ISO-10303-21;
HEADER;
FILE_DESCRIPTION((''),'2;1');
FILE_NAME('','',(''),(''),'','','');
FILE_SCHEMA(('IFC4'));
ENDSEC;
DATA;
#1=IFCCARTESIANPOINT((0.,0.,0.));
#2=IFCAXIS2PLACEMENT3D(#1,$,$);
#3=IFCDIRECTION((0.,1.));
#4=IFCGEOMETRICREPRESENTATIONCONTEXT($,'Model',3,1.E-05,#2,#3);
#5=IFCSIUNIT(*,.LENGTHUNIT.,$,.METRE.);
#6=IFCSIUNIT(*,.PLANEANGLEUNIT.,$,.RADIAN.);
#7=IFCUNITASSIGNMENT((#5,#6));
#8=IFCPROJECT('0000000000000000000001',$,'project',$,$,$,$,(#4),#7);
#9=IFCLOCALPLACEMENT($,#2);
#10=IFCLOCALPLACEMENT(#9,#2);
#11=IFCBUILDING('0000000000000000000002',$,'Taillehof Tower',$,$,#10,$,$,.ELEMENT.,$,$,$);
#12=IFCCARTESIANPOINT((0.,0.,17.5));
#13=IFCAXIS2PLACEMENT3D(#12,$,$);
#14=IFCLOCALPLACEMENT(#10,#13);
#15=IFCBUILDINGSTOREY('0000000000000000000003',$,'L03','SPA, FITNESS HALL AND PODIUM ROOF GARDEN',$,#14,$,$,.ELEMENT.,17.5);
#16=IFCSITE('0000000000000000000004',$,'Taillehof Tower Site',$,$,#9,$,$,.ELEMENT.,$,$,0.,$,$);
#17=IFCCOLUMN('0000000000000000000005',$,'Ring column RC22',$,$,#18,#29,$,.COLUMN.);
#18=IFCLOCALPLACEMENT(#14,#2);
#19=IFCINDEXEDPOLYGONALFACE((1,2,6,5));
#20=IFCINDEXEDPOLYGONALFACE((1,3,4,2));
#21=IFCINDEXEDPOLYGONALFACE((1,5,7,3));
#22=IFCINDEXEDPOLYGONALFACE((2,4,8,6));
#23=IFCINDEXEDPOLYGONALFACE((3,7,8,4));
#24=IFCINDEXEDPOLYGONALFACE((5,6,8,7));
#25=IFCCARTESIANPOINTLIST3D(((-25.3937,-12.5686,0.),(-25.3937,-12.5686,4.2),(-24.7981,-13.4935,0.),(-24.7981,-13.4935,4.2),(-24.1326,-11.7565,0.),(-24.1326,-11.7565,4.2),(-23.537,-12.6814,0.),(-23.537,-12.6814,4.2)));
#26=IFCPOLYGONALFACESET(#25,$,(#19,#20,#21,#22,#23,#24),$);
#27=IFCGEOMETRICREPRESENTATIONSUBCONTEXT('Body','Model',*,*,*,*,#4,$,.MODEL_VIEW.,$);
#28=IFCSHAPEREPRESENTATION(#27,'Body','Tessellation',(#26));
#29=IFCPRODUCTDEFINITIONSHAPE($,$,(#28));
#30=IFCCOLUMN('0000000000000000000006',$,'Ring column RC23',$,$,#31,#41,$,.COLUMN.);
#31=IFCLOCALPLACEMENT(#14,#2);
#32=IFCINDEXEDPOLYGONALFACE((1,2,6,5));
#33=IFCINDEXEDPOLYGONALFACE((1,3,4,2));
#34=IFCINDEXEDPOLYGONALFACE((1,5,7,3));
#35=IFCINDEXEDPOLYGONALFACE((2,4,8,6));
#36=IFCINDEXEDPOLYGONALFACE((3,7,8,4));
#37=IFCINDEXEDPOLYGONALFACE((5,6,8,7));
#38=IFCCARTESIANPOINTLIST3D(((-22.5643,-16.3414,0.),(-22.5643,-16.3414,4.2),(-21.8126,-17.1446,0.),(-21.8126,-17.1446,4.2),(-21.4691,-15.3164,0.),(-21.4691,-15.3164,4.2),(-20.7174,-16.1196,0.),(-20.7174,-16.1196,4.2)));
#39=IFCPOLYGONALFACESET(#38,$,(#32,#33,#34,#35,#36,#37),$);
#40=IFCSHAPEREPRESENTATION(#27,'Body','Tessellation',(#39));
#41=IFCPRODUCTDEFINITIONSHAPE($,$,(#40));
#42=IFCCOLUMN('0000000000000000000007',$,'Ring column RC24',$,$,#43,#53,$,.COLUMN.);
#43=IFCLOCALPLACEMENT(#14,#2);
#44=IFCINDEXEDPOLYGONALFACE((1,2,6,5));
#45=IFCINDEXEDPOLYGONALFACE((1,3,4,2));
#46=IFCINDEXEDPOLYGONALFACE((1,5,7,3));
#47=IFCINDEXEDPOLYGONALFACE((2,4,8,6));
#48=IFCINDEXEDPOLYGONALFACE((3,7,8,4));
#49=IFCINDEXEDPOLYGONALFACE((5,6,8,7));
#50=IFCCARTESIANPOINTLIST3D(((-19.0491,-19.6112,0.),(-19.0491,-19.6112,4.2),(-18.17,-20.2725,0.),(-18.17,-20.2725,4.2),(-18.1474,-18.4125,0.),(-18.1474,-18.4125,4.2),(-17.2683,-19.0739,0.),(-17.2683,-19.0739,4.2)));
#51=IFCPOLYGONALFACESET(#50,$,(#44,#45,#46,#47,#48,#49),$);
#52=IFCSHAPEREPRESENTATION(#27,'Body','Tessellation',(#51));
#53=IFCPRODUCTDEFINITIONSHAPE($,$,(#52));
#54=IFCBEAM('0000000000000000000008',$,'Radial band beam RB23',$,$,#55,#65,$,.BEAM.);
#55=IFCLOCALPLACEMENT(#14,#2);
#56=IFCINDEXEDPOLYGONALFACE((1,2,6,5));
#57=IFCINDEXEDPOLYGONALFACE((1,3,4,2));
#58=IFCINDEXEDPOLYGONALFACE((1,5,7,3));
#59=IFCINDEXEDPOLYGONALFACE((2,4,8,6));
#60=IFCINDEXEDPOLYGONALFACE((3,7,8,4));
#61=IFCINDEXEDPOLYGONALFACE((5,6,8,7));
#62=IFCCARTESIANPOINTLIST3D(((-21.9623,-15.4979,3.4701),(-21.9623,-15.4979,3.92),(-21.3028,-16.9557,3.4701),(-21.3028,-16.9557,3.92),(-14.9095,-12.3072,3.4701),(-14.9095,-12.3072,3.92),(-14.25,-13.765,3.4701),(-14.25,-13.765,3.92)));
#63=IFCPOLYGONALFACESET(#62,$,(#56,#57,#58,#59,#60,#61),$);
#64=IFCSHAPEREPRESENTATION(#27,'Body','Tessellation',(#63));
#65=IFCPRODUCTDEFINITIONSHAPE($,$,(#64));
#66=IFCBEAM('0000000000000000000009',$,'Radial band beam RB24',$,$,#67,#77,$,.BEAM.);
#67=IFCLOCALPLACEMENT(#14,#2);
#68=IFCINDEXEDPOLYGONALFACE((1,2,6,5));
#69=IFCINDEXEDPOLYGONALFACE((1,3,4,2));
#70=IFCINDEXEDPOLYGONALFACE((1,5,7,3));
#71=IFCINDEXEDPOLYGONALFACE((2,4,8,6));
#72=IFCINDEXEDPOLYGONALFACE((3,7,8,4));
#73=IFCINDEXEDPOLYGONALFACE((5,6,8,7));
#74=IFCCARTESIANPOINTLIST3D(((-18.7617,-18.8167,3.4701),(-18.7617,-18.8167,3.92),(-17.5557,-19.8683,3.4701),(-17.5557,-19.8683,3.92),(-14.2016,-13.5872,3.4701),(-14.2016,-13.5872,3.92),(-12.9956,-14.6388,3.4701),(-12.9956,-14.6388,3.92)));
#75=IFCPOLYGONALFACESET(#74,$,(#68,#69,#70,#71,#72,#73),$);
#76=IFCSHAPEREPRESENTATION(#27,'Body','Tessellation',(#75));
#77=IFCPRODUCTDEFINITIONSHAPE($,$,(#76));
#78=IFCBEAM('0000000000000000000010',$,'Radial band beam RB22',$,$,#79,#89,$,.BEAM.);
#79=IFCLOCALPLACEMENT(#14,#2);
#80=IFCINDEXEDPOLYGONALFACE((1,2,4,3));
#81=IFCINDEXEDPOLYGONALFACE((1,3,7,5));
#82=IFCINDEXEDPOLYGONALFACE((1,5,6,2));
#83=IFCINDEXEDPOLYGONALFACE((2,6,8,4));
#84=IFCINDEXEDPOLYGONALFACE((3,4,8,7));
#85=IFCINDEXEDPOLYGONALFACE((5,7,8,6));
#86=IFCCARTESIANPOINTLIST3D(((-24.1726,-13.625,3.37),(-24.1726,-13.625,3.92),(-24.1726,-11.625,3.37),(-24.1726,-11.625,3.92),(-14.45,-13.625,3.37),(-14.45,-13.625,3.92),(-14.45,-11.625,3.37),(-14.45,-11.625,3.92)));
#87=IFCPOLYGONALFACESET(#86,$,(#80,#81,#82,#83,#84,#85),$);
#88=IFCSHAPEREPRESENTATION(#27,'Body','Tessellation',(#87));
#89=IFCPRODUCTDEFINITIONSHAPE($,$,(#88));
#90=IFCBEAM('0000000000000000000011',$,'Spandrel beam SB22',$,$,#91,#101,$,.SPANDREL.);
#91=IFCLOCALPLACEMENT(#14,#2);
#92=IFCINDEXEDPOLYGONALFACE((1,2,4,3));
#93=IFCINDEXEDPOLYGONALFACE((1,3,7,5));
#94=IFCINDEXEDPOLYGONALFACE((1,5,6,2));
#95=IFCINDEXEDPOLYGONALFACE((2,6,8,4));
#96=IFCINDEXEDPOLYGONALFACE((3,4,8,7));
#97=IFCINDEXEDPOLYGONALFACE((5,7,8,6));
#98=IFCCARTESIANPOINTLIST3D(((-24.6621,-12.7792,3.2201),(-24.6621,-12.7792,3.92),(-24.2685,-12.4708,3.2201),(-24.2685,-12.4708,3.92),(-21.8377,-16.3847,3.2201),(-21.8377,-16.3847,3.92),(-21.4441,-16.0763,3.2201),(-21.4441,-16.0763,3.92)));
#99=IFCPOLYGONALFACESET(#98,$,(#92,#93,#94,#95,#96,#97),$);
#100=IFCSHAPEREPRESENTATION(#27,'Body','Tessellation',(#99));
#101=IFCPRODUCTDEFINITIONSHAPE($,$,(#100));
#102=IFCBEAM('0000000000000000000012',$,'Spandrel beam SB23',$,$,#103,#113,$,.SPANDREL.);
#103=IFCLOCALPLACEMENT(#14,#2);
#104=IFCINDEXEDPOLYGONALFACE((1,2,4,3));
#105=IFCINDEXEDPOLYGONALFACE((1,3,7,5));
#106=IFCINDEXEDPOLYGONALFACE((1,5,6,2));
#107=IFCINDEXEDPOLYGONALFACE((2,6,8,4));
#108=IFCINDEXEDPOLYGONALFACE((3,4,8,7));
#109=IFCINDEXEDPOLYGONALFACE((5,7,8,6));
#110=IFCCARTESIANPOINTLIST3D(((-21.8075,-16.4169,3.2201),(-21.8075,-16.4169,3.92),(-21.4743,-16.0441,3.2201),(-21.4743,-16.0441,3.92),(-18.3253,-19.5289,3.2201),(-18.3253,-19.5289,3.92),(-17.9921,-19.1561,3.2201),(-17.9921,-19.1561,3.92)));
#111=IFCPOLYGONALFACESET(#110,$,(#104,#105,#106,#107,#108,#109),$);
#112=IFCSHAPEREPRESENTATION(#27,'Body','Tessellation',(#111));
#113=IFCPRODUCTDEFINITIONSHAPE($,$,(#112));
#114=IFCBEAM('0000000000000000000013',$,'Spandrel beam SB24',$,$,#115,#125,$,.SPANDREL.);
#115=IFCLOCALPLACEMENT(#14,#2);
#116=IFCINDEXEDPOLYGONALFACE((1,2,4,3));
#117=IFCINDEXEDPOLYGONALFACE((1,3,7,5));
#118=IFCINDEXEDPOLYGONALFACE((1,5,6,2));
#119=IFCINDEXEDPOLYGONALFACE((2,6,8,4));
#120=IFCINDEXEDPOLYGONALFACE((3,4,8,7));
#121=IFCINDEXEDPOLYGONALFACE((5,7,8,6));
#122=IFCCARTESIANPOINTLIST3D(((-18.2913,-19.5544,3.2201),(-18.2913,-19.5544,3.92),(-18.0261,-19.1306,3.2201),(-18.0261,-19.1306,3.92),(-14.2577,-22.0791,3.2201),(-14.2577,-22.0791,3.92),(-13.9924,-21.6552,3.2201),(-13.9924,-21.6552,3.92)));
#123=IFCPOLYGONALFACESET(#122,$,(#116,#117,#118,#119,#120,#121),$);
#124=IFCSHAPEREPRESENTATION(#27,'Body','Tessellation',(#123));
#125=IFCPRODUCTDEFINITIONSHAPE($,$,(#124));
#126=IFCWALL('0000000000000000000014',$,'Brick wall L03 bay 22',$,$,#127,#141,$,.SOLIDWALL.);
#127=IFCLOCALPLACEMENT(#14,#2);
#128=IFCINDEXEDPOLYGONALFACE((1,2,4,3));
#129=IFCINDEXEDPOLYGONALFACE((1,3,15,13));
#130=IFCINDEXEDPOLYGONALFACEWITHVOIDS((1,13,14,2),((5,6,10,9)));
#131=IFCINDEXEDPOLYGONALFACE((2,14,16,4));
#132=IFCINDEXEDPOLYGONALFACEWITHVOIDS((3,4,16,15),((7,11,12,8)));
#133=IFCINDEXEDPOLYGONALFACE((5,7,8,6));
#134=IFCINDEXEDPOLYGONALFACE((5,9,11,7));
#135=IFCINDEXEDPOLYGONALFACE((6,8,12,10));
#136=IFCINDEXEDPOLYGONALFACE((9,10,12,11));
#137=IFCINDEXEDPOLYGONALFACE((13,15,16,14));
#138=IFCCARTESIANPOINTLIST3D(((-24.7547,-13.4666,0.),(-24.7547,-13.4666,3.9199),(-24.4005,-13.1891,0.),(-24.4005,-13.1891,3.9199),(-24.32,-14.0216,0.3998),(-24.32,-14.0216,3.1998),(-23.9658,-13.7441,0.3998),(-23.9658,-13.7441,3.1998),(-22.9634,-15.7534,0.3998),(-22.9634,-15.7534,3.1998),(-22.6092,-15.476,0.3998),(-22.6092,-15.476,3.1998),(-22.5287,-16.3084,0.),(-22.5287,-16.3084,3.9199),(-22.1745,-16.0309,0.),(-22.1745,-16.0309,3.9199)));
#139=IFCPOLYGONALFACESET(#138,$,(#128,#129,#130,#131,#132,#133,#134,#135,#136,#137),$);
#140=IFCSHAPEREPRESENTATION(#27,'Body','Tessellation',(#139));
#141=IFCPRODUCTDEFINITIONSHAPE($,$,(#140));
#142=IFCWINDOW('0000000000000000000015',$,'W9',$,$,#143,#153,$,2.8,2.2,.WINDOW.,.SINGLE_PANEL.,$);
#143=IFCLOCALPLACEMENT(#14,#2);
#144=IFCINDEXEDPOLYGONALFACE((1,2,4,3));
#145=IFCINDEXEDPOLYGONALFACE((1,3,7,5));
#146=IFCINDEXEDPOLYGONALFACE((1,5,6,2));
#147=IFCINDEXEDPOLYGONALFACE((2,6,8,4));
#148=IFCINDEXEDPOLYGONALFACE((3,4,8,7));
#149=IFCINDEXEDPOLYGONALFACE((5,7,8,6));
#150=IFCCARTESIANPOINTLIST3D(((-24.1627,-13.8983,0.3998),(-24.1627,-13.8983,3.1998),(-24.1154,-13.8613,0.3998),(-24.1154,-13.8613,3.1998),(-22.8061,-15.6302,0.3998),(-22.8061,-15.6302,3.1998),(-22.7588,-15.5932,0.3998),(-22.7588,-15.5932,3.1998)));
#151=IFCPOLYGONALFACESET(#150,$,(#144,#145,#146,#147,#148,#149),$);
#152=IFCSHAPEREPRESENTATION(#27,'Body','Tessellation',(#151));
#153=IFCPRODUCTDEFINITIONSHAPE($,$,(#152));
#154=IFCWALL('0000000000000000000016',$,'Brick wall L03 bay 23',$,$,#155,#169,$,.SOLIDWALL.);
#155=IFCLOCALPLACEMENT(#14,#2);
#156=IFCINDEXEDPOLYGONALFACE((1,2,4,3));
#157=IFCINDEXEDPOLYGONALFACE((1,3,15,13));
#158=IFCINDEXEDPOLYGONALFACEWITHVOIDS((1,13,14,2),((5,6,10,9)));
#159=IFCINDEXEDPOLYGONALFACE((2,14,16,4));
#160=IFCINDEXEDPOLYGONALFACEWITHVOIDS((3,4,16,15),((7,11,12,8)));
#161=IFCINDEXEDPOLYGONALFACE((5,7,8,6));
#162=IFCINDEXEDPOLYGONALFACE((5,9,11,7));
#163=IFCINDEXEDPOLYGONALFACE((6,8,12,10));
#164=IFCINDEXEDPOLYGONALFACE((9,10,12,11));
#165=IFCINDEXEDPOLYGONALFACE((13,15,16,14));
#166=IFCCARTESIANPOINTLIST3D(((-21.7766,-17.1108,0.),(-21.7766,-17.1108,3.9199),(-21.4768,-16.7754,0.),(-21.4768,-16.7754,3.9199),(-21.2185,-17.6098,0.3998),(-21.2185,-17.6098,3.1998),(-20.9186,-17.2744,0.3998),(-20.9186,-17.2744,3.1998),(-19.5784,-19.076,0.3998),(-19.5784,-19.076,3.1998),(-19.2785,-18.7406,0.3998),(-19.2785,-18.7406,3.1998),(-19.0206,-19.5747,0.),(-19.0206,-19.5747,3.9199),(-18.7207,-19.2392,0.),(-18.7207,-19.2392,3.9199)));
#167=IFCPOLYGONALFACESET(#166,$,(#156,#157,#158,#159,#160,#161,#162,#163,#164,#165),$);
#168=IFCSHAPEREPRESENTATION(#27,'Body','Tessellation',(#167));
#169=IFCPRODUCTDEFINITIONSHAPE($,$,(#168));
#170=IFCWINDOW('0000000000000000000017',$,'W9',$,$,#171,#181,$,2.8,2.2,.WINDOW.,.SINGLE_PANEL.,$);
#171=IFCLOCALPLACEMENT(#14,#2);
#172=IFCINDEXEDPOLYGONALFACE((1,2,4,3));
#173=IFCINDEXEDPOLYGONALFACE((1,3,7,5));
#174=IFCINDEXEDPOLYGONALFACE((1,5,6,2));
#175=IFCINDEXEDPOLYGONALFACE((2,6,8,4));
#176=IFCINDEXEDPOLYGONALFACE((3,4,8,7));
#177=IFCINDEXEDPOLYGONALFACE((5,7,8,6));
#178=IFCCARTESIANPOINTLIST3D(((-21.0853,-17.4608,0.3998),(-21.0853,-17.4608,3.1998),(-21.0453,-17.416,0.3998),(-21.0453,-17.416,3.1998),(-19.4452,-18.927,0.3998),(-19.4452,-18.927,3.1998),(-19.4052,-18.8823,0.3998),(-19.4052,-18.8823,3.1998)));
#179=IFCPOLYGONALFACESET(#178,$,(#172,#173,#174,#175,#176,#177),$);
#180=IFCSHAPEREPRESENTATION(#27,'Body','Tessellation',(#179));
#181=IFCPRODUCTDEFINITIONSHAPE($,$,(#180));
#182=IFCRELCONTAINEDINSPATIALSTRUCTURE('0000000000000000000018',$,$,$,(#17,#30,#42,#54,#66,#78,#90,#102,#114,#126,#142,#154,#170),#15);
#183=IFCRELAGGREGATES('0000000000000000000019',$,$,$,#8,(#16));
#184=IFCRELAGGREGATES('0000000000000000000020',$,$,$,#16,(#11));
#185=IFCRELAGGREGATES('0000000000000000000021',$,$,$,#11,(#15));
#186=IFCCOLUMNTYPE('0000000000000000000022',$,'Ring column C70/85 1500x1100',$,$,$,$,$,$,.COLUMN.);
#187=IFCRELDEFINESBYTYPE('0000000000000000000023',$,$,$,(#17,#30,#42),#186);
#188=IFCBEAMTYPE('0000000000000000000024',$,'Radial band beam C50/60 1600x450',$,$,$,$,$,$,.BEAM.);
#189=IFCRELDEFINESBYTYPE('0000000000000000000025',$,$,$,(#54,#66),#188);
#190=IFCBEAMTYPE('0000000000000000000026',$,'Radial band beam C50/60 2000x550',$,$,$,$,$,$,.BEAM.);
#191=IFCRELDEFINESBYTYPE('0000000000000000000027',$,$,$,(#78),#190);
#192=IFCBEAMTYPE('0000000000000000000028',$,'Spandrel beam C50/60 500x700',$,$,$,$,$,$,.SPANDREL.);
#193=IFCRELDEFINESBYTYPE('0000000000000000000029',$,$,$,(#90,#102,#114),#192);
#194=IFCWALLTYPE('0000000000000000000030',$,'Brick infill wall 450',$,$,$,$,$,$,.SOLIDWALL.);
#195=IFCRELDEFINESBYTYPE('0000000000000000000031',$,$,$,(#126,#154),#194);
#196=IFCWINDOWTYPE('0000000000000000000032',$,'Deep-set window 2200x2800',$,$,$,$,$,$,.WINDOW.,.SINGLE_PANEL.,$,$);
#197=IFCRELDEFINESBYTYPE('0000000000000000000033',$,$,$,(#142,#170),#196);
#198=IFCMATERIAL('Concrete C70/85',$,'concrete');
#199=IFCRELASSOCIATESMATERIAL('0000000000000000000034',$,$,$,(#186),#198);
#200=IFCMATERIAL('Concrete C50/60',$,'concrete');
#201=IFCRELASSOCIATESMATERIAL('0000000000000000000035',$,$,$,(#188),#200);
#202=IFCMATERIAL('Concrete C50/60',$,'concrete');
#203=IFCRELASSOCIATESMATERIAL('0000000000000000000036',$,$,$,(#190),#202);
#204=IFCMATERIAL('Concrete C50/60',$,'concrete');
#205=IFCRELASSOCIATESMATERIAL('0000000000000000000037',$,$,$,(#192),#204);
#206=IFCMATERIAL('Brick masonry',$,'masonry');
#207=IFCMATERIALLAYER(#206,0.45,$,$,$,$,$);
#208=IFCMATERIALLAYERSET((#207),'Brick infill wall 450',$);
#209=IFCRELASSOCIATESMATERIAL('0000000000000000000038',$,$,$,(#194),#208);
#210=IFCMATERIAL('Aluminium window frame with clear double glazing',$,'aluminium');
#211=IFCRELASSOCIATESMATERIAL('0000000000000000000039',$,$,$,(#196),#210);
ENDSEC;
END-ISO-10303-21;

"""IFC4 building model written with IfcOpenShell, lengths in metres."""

from ifc_helpers import new_model, si_unit, direction, frame, frame_2d, origin, origin_2d, place, context, subcontext, project, spatial, rectangle, extrude, material, layer, layer_set, material_profile, profile_set, type_object, element, fill, save


model = new_model("IFC4")

# Units and contexts
model_context = context("Model", 3, precision=1e-05, world=origin(), true_north=direction((0.0, 1.0)))
body_context = subcontext(model_context, "Body", "Model", "MODEL_VIEW")
ifc_project = project(units=[si_unit("LENGTHUNIT", "METRE"), si_unit("PLANEANGLEUNIT", "RADIAN")], contexts=[model_context])

# Site, building, storey
site_placement = place(None, origin())
site = spatial("IfcSite", under=ifc_project, at=site_placement, Name="Taillehof Tower Site", CompositionType="ELEMENT", RefElevation=0.0)
building_placement = place(site_placement, origin())
building = spatial("IfcBuilding", under=site, at=building_placement, Name="Taillehof Tower", CompositionType="ELEMENT")
storey_placement = place(building_placement, frame((0.0, 0.0, 17.5)))
storey = spatial("IfcBuildingStorey", under=building, at=storey_placement, Name="L03", Description="SPA, FITNESS HALL AND PODIUM ROOF GARDEN", CompositionType="ELEMENT", Elevation=17.5)

# Columns
ifc_material_1 = material(Name="Concrete C70/85", Category="concrete")
ifc_material_profile_1 = material_profile(ifc_material_1, rectangle(XDim=1.5, YDim=1.1001, at=origin_2d()), Name="RC 1500x1100")
ifc_profile_set_1 = profile_set([ifc_material_profile_1], Name="Concrete C70/85")
column_type = type_object("IfcColumnType", Name="Ring column C70/85 1500x1100", PredefinedType="COLUMN", material=ifc_profile_set_1)
for number, where, z_axis, x_axis, name in (
    (1, (-24.4653, -12.625, 0.0), (0.0, 0.0, 1.0), (-0.840754, -0.541418, 0.0), "Ring column RC22"),
    (2, (-21.6409, -16.2305, 0.0), (0.0, 0.0, 1.0), (-0.730113, -0.683326, 0.0), "Ring column RC23"),
    (3, (-18.1587, -19.3425, 0.0), (0.0, 0.0, 1.0), (-0.601174, -0.799118, 0.0), "Ring column RC24"),
):
    element("IfcColumn", number, at=place(storey_placement, frame(where, z_axis=z_axis, x_axis=x_axis)), inside=storey, type_object=column_type, Name=name, PredefinedType="COLUMN", context=body_context, shape_type="SweptSolid", body=[
        extrude(rectangle(XDim=1.5, YDim=1.1001, at=origin_2d()), origin(), (0.0, 0.0, 1.0), 4.2),
    ])

# Beams
ifc_material_2 = material(Name="Concrete C50/60", Category="concrete")
ifc_material_profile_2 = material_profile(ifc_material_2, rectangle(XDim=1.6001, YDim=0.45, at=origin_2d()), Name="RC 1600x450")
ifc_profile_set_2 = profile_set([ifc_material_profile_2], Name="Concrete C50/60")
beam_type_1 = type_object("IfcBeamType", Name="Radial band beam C50/60 1600x450", PredefinedType="BEAM", material=ifc_profile_set_2)
beam_1_placement = place(storey_placement, frame((-21.6326, -16.2268, 3.6951), z_axis=(0.911101, 0.412184, 0.0), x_axis=(-0.412184, 0.911101, 0.0)))
element("IfcBeam", 4, at=beam_1_placement, inside=storey, type_object=beam_type_1, Name="Radial band beam RB23", PredefinedType="BEAM", context=body_context, shape_type="SweptSolid", body=[
    extrude(rectangle(XDim=1.6001, YDim=0.45, at=origin_2d()), origin(), (0.0, 0.0, 1.0), 7.741),
])
beam_2_placement = place(storey_placement, frame((-18.1587, -19.3425, 3.6951), z_axis=(0.657218, 0.7537, 0.0), x_axis=(-0.7537, 0.657218, 0.0)))
element("IfcBeam", 5, at=beam_2_placement, inside=storey, type_object=beam_type_1, Name="Radial band beam RB24", PredefinedType="BEAM", context=body_context, shape_type="SweptSolid", body=[
    extrude(rectangle(XDim=1.6001, YDim=0.45, at=origin_2d()), origin(), (0.0, 0.0, 1.0), 6.9385),
])
ifc_material_3 = material(Name="Concrete C50/60", Category="concrete")
ifc_material_profile_3 = material_profile(ifc_material_3, rectangle(XDim=2.0, YDim=0.55, at=origin_2d()), Name="RC 2000x550")
ifc_profile_set_3 = profile_set([ifc_material_profile_3], Name="Concrete C50/60")
beam_type_2 = type_object("IfcBeamType", Name="Radial band beam C50/60 2000x550", PredefinedType="BEAM", material=ifc_profile_set_3)
beam_3_placement = place(storey_placement, frame((-24.1726, -12.625, 3.645), z_axis=(1.0, 0.0, 0.0), x_axis=(0.0, 1.0, 0.0)))
element("IfcBeam", 6, at=beam_3_placement, inside=storey, type_object=beam_type_2, Name="Radial band beam RB22", PredefinedType="BEAM", context=body_context, shape_type="SweptSolid", body=[
    extrude(rectangle(XDim=2.0, YDim=0.55, at=origin_2d()), origin(), (0.0, 0.0, 1.0), 9.7227),
])
ifc_material_4 = material(Name="Concrete C50/60", Category="concrete")
ifc_material_profile_4 = material_profile(ifc_material_4, rectangle(XDim=0.5, YDim=0.7, at=origin_2d()), Name="RC 500x700")
ifc_profile_set_4 = profile_set([ifc_material_profile_4], Name="Concrete C50/60")
beam_type_3 = type_object("IfcBeamType", Name="Spandrel beam C50/60 500x700", PredefinedType="SPANDREL", material=ifc_profile_set_4)
beam_4_placement = place(storey_placement, frame((-24.4653, -12.625, 3.5701), z_axis=(0.616686, -0.787209, 0.0), x_axis=(0.787209, 0.616686, 0.0)))
element("IfcBeam", 7, at=beam_4_placement, inside=storey, type_object=beam_type_3, Name="Spandrel beam SB22", PredefinedType="SPANDREL", context=body_context, shape_type="SweptSolid", body=[
    extrude(rectangle(XDim=0.5, YDim=0.7, at=origin_2d()), origin(), (0.0, 0.0, 1.0), 4.5801),
])
beam_5_placement = place(storey_placement, frame((-21.6409, -16.2305, 3.5701), z_axis=(0.745621, -0.66637, 0.0), x_axis=(0.66637, 0.745621, 0.0)))
element("IfcBeam", 8, at=beam_5_placement, inside=storey, type_object=beam_type_3, Name="Spandrel beam SB23", PredefinedType="SPANDREL", context=body_context, shape_type="SweptSolid", body=[
    extrude(rectangle(XDim=0.5, YDim=0.7, at=origin_2d()), origin(), (0.0, 0.0, 1.0), 4.6702),
])
beam_6_placement = place(storey_placement, frame((-18.1587, -19.3425, 3.5701), z_axis=(0.847658, -0.530543, 0.0), x_axis=(0.530543, 0.847658, 0.0)))
element("IfcBeam", 9, at=beam_6_placement, inside=storey, type_object=beam_type_3, Name="Spandrel beam SB24", PredefinedType="SPANDREL", context=body_context, shape_type="SweptSolid", body=[
    extrude(rectangle(XDim=0.5, YDim=0.7, at=origin_2d()), origin(), (0.0, 0.0, 1.0), 4.7585),
])

# Walls, openings, windows
ifc_material_5 = material(Name="Brick masonry", Category="masonry")
ifc_layer = layer(ifc_material_5, 0.45)
ifc_layer_set = layer_set([ifc_layer], Name="Brick infill wall 450")
wall_type_1 = type_object("IfcWallType", Name="Brick infill wall 450", PredefinedType="SOLIDWALL", material=ifc_layer_set)
wall_1_placement = place(storey_placement, frame((-24.5776, -13.3279, 0.0), z_axis=(0.0, 0.0, 1.0), x_axis=(0.616662, -0.787228, 0.0)))
wall_1 = element("IfcWall", 10, at=wall_1_placement, inside=storey, type_object=wall_type_1, Name="Brick wall L03 bay 22", PredefinedType="SOLIDWALL", context=body_context, shape_type="SweptSolid", body=[
    extrude(rectangle(XDim=3.6099, YDim=0.45, at=frame_2d((1.8049, 0.0))), origin(), (0.0, 0.0, 1.0), 3.9199),
])
opening_1_placement = place(wall_1_placement, frame((0.7048, 0.0, 0.3999)))
opening_1 = element("IfcOpeningElement", 11, at=opening_1_placement, cuts=wall_1, PredefinedType="OPENING", context=body_context, shape_type="SweptSolid", body=[
    extrude(rectangle(XDim=2.2, YDim=2.8, at=frame_2d((1.1001, 1.3999))), frame((0.0, 0.2349, 0.0), z_axis=(0.0, -1.0, 0.0), x_axis=(1.0, 0.0, 0.0)), (0.0, 0.0, 1.0), 0.47),
])
ifc_material_6 = material(Name="Aluminium window frame with clear double glazing", Category="aluminium")
window_type = type_object("IfcWindowType", Name="Deep-set window 2200x2800", PartitioningType="SINGLE_PANEL", PredefinedType="WINDOW", material=ifc_material_6)
window_1_placement = place(opening_1_placement, origin())
window_1 = element("IfcWindow", 12, at=window_1_placement, inside=storey, type_object=window_type, Name="W9", OverallHeight=2.8, OverallWidth=2.2, PartitioningType="SINGLE_PANEL", PredefinedType="WINDOW", context=body_context, shape_type="SweptSolid", body=[
    extrude(rectangle(XDim=2.2, YDim=2.8, at=frame_2d((1.1001, 1.3999))), frame((0.0, 0.0349, 0.0), z_axis=(0.0, -1.0, 0.0), x_axis=(1.0, 0.0, 0.0)), (0.0, 0.0, 1.0), 0.0601),
])
fill(opening_1, window_1)
wall_2_placement = place(storey_placement, frame((-21.6267, -16.9431, 0.0), z_axis=(0.0, 0.0, 1.0), x_axis=(0.745526, -0.666476, 0.0)))
wall_2 = element("IfcWall", 13, at=wall_2_placement, inside=storey, type_object=wall_type_1, Name="Brick wall L03 bay 23", PredefinedType="SOLIDWALL", context=body_context, shape_type="SweptSolid", body=[
    extrude(rectangle(XDim=3.6968, YDim=0.45, at=frame_2d((1.8484, 0.0))), origin(), (0.0, 0.0, 1.0), 3.9199),
])
opening_2_placement = place(wall_2_placement, frame((0.7485, 0.0, 0.3999)))
opening_2 = element("IfcOpeningElement", 14, at=opening_2_placement, cuts=wall_2, PredefinedType="OPENING", context=body_context, shape_type="SweptSolid", body=[
    extrude(rectangle(XDim=2.2, YDim=2.8, at=frame_2d((1.1001, 1.3999))), frame((0.0, 0.2349, 0.0), z_axis=(0.0, -1.0, 0.0), x_axis=(1.0, 0.0, 0.0)), (0.0, 0.0, 1.0), 0.47),
])
window_2_placement = place(opening_2_placement, origin())
window_2 = element("IfcWindow", 15, at=window_2_placement, inside=storey, type_object=window_type, Name="W9", OverallHeight=2.8, OverallWidth=2.2, PartitioningType="SINGLE_PANEL", PredefinedType="WINDOW", context=body_context, shape_type="SweptSolid", body=[
    extrude(rectangle(XDim=2.2, YDim=2.8, at=frame_2d((1.1001, 1.3999))), frame((0.0, 0.0349, 0.0), z_axis=(0.0, -1.0, 0.0), x_axis=(1.0, 0.0, 0.0)), (0.0, 0.0, 1.0), 0.0601),
])
fill(opening_2, window_2)

save(model, "model.ifc")
